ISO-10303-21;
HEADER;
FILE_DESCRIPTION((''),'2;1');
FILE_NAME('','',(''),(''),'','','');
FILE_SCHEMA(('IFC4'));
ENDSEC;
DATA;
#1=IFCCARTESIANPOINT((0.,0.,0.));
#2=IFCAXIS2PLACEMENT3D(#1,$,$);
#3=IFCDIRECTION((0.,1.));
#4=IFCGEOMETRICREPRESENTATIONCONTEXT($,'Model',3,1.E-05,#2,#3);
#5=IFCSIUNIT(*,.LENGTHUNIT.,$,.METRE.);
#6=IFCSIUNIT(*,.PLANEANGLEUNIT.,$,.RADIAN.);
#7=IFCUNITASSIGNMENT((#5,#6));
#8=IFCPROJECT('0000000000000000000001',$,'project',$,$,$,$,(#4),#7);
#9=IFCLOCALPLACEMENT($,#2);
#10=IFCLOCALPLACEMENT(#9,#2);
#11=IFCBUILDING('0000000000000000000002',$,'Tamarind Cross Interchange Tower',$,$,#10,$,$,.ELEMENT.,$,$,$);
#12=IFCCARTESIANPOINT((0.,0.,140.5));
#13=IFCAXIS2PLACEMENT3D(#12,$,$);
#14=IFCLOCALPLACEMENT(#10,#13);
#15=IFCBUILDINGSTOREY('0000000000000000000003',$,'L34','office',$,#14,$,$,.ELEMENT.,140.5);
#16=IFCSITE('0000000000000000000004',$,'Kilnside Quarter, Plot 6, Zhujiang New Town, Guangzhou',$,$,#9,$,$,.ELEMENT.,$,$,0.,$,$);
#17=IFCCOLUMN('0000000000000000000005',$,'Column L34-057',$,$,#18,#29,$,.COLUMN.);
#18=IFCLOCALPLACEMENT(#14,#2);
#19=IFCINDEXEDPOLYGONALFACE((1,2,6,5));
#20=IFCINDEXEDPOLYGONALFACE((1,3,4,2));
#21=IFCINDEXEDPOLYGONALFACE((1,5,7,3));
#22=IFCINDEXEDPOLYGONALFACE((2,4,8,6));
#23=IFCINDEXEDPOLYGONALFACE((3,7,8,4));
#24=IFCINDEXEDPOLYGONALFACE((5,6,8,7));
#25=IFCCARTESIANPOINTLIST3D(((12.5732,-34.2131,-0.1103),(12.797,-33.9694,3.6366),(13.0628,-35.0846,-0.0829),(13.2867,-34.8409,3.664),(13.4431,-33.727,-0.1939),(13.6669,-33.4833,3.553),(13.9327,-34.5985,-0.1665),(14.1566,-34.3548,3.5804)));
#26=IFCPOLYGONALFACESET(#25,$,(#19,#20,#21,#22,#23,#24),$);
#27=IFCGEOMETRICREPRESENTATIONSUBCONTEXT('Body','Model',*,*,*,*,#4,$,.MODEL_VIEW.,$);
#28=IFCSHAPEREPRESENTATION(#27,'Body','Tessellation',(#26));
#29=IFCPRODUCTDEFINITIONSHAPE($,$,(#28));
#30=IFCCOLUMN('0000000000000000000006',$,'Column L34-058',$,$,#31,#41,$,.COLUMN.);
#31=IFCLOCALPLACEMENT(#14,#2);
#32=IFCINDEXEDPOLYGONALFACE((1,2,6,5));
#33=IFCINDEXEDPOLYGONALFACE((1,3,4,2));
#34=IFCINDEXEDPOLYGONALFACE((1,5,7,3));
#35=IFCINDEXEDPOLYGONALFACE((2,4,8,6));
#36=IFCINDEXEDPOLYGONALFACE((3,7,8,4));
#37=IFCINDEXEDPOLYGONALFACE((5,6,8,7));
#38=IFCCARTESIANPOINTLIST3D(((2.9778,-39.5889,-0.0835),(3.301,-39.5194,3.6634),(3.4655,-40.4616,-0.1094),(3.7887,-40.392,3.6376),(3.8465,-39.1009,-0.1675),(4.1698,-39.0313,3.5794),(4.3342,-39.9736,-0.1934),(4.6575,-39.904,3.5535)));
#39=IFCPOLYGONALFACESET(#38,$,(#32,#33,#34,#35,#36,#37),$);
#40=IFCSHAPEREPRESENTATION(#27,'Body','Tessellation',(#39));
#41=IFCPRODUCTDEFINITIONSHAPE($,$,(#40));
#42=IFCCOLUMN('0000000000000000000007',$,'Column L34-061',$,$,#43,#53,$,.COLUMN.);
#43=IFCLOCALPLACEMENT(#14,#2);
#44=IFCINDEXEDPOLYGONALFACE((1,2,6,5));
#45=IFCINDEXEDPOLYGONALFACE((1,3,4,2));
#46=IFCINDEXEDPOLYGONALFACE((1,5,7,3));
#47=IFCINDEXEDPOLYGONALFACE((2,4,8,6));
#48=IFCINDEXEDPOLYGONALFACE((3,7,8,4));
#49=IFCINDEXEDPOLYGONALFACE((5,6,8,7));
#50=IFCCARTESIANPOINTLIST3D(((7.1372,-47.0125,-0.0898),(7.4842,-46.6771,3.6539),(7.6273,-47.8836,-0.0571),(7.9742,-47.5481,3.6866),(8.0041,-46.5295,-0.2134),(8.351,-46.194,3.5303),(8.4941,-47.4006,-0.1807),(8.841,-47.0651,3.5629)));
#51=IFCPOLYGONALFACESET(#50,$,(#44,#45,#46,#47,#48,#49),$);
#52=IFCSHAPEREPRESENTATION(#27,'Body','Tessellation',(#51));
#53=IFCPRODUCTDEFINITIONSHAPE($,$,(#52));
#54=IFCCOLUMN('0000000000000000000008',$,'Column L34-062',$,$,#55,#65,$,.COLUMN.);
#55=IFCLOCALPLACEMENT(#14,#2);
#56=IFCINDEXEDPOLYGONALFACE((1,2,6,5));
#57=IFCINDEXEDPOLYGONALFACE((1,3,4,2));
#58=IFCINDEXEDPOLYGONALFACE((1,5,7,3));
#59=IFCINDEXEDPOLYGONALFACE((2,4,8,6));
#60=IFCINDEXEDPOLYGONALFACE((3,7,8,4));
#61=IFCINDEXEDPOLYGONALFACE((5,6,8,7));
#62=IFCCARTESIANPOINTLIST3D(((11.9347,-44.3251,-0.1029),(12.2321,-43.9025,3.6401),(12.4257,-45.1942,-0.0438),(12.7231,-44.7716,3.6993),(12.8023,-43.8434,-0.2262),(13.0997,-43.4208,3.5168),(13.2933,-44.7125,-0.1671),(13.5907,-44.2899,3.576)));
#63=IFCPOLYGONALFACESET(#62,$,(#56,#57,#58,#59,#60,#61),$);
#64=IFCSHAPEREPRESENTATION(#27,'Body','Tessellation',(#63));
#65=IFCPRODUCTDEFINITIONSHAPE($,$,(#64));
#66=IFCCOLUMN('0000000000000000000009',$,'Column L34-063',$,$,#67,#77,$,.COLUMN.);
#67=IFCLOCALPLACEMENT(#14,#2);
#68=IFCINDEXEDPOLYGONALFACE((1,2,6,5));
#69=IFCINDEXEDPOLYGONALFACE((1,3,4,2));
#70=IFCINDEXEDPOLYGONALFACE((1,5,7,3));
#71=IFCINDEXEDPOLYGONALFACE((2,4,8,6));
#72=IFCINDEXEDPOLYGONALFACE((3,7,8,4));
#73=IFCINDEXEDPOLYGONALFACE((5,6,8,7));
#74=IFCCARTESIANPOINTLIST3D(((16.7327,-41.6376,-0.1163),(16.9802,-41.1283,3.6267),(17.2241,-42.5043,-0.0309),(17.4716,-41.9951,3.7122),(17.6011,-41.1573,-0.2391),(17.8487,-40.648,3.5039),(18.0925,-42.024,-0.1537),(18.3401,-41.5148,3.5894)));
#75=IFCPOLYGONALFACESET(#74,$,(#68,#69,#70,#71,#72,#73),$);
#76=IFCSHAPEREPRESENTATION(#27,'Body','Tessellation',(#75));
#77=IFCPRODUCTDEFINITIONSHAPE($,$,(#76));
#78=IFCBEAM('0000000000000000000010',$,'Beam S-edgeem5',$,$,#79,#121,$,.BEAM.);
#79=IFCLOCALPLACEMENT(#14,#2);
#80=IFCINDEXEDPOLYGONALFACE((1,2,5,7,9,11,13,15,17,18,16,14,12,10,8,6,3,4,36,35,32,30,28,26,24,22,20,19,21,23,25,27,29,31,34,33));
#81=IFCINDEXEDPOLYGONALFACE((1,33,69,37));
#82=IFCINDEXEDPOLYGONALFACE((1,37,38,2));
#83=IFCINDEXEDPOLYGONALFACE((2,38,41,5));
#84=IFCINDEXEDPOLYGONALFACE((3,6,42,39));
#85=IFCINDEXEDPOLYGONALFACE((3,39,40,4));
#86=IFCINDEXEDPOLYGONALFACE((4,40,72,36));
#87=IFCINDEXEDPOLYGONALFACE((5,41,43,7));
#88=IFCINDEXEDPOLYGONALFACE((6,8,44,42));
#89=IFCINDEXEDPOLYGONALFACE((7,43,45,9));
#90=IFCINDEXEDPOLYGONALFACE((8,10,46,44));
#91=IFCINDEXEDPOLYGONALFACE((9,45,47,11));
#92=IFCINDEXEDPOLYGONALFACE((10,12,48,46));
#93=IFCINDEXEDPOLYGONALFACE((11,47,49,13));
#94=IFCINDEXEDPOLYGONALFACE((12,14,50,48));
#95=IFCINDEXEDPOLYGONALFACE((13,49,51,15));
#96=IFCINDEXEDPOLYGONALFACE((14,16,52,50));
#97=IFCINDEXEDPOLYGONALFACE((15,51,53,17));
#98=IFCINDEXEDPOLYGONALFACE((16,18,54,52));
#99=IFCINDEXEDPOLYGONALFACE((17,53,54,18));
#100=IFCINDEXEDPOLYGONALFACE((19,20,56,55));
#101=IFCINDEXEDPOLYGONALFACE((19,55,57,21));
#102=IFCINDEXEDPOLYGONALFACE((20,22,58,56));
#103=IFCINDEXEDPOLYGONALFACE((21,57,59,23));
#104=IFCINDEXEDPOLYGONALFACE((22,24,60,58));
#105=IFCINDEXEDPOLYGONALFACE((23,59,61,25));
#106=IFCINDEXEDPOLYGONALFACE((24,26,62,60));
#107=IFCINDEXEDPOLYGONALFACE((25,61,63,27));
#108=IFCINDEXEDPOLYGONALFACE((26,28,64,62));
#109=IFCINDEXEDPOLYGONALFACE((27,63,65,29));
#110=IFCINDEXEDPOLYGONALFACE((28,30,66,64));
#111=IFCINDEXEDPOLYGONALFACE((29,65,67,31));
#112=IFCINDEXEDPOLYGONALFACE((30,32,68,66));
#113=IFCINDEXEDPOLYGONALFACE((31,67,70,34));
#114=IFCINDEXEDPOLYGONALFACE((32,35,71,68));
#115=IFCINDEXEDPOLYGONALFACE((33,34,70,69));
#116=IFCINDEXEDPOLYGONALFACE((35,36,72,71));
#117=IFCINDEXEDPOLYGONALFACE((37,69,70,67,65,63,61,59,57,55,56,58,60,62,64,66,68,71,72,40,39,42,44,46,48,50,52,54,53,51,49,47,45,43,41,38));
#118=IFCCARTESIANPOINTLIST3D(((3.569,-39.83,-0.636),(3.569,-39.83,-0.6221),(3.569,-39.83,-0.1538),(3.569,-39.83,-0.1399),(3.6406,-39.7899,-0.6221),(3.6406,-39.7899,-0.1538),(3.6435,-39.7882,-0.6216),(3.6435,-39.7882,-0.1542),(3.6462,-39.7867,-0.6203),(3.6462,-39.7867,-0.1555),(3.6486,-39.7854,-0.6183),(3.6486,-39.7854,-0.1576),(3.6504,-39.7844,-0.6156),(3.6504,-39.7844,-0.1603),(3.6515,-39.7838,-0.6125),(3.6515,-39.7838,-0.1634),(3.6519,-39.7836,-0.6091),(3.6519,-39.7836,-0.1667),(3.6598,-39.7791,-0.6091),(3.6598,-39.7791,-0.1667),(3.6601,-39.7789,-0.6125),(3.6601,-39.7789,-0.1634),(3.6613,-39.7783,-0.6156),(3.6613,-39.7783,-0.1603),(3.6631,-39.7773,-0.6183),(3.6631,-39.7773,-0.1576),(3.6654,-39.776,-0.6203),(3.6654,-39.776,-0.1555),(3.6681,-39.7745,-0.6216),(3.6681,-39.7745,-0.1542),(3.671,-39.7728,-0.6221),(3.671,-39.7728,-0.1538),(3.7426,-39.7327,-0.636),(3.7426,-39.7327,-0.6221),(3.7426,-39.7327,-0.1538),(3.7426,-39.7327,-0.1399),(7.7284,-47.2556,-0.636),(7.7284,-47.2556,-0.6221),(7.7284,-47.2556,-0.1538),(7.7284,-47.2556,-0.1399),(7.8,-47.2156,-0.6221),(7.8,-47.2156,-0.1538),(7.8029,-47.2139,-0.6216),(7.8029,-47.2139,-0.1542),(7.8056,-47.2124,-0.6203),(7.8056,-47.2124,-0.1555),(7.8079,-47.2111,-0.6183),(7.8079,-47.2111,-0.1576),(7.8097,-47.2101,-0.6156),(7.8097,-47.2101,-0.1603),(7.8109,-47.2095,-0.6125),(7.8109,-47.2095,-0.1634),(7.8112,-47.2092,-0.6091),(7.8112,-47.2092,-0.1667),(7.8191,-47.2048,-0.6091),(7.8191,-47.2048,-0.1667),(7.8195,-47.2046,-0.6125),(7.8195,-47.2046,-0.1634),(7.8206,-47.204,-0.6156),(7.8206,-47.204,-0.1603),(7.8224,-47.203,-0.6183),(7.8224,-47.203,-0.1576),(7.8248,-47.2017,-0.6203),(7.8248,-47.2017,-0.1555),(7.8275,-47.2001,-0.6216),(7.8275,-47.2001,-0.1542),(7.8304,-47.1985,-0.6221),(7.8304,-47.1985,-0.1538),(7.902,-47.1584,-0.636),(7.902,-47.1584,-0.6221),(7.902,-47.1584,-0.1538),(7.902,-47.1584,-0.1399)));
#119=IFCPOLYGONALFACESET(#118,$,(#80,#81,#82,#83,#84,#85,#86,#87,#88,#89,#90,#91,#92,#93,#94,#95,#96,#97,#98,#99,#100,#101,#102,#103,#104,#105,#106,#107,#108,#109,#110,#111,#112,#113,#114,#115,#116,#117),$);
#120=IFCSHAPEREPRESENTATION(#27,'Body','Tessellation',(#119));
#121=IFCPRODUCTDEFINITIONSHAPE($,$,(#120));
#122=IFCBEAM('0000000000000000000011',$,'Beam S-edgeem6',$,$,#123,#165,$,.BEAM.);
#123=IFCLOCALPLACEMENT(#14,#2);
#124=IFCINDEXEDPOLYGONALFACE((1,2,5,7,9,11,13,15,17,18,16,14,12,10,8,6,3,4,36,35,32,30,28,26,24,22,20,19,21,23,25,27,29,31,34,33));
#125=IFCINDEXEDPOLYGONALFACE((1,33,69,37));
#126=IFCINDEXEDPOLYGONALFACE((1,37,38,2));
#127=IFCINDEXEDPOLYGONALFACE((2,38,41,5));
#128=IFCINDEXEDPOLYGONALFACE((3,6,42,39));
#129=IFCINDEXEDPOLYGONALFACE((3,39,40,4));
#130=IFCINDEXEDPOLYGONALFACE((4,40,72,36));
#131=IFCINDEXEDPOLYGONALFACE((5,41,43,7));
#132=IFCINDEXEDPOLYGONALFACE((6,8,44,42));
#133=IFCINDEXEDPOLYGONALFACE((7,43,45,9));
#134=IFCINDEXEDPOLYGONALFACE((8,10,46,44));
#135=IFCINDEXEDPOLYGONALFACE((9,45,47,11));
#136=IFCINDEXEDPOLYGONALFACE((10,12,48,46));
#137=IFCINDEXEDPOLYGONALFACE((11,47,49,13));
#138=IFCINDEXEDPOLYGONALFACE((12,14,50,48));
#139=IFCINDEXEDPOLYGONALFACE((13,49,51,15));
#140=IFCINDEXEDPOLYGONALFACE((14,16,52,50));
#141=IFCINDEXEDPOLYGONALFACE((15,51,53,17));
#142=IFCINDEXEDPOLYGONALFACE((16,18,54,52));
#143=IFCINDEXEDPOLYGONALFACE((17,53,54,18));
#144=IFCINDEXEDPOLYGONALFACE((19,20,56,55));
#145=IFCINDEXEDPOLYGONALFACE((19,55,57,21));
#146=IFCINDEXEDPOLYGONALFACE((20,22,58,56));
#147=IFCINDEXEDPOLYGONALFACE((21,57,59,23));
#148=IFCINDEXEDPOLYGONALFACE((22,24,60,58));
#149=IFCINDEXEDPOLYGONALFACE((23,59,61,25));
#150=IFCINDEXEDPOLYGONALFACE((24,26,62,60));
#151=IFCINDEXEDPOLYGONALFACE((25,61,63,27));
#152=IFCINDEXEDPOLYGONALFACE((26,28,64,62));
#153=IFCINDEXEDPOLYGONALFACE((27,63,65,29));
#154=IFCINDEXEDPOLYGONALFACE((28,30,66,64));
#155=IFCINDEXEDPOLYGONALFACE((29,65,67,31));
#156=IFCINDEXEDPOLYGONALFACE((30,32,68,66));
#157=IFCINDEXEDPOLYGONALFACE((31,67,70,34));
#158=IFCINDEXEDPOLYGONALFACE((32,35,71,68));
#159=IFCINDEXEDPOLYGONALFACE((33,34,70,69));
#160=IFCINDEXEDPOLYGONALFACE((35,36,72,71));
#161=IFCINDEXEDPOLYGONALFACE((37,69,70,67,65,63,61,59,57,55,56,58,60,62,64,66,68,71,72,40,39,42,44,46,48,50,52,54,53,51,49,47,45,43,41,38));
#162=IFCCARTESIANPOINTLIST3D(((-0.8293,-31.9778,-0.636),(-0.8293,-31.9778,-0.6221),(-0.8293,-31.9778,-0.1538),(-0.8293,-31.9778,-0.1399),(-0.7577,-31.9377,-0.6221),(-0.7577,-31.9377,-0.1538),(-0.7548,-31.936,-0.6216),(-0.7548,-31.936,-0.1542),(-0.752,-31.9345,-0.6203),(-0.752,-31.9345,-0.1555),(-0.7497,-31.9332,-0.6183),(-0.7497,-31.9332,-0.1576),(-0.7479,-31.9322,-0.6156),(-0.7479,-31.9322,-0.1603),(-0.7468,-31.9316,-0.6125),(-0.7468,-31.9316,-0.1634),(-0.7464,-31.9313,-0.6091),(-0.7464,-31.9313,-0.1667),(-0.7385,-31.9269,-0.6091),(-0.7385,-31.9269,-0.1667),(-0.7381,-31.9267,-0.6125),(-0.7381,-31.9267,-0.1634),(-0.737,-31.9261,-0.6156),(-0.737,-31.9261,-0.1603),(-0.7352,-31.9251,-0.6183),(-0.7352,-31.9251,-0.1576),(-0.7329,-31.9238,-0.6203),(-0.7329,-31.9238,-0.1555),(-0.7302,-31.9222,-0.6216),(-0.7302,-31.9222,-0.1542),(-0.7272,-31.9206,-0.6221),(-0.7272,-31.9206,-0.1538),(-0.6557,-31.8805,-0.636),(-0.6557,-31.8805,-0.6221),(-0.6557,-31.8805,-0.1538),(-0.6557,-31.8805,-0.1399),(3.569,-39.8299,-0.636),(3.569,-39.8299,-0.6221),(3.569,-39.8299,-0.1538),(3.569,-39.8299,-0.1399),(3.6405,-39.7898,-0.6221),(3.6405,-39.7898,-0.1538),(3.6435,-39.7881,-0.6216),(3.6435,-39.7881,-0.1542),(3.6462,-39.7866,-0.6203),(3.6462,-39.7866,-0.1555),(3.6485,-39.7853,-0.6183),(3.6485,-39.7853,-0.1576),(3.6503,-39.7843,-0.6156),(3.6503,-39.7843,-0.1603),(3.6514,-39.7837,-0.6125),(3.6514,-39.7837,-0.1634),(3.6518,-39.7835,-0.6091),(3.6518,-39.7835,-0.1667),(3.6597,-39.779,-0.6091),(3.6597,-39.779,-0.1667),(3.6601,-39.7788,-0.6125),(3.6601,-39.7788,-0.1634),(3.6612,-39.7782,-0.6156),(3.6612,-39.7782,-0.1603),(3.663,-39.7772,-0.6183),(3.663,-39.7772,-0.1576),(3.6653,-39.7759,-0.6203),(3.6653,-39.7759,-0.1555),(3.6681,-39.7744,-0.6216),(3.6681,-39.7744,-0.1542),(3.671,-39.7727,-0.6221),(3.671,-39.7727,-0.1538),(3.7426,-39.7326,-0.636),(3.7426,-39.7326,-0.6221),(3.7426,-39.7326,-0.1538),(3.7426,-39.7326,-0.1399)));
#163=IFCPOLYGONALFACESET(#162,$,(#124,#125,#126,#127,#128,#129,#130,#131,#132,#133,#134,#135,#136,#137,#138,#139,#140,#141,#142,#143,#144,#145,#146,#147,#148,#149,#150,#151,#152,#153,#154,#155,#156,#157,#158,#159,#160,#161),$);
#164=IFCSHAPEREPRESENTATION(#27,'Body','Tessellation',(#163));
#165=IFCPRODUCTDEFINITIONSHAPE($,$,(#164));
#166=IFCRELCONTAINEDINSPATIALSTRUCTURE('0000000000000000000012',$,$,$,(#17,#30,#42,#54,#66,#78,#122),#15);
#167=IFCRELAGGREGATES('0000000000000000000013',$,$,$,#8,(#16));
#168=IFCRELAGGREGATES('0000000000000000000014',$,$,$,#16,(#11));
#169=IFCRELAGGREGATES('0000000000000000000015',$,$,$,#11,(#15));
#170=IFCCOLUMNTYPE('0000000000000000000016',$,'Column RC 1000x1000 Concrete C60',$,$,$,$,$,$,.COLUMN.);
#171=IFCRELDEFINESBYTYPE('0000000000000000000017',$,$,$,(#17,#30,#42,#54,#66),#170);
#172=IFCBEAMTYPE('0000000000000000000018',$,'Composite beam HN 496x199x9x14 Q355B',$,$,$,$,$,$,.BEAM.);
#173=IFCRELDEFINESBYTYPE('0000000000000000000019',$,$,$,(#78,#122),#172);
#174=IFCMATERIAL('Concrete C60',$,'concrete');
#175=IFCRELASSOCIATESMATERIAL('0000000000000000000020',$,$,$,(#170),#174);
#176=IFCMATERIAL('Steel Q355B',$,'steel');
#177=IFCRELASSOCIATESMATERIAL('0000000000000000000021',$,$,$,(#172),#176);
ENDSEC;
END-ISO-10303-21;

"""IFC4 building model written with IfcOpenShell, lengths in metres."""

from ifc_helpers import new_model, si_unit, direction, frame, origin, origin_2d, place, context, subcontext, project, spatial, rectangle, i_section, extrude, material, material_profile, profile_set, type_object, element, save


model = new_model("IFC4")

# Units and contexts
model_context = context("Model", 3, precision=1e-05, world=origin(), true_north=direction((0.0, 1.0)))
body_context = subcontext(model_context, "Body", "Model", "MODEL_VIEW")
ifc_project = project(units=[si_unit("LENGTHUNIT", "METRE"), si_unit("PLANEANGLEUNIT", "RADIAN")], contexts=[model_context])

# Site, building, storey
site_placement = place(None, origin())
site = spatial("IfcSite", under=ifc_project, at=site_placement, Name="Kilnside Quarter, Plot 6, Zhujiang New Town, Guangzhou", CompositionType="ELEMENT", RefElevation=0.0)
building_placement = place(site_placement, origin())
building = spatial("IfcBuilding", under=site, at=building_placement, Name="Tamarind Cross Interchange Tower", CompositionType="ELEMENT")
storey_placement = place(building_placement, frame((0.0, 0.0, 140.5)))
storey = spatial("IfcBuildingStorey", under=building, at=storey_placement, Name="L34", Description="office", CompositionType="ELEMENT", Elevation=140.5)

# Columns
ifc_material_1 = material(Name="Concrete C60", Category="concrete")
ifc_material_profile_1 = material_profile(ifc_material_1, rectangle(XDim=1.0, YDim=1.0, at=origin_2d()), Name="RC 1000x1000")
ifc_profile_set_1 = profile_set([ifc_material_profile_1], Name="Concrete C60")
column_type = type_object("IfcColumnType", Name="Column RC 1000x1000 Concrete C60", PredefinedType="COLUMN", material=ifc_profile_set_1)
for number, where, z_axis, x_axis, name in (
    (1, (13.2529, -34.4058, -0.1384), (0.059519, 0.064777, 0.996123), (-0.869891, -0.486109, 0.083588), "Column L34-057"),
    (2, (3.656, -39.7812, -0.1384), (0.085937, 0.018499, 0.996129), (-0.48769, 0.872633, 0.025868), "Column L34-058"),
):
    element("IfcColumn", number, at=place(storey_placement, frame(where, z_axis=z_axis, x_axis=x_axis)), inside=storey, type_object=column_type, Name=name, PredefinedType="COLUMN", context=body_context, shape_type="SweptSolid", body=[
        extrude(rectangle(XDim=1.0, YDim=1.0, at=origin_2d()), origin(), (0.0, 0.0, 1.0), 3.7615),
    ])
column_1_placement = place(storey_placement, frame((7.8157, -47.2065, -0.1353), z_axis=(0.091909, 0.088869, 0.991794), x_axis=(-0.866832, -0.483035, 0.123611)))
element("IfcColumn", 3, at=column_1_placement, inside=storey, type_object=column_type, Name="Column L34-061", PredefinedType="COLUMN", context=body_context, shape_type="SweptSolid", body=[
    extrude(rectangle(XDim=1.0, YDim=1.0, at=origin_2d()), origin(), (0.0, 0.0, 1.0), 3.7747),
])
column_2_placement = place(storey_placement, frame((12.614, -44.5188, -0.135), z_axis=(0.078695, 0.11184, 0.990605), x_axis=(-0.867608, -0.481716, 0.123311)))
element("IfcColumn", 4, at=column_2_placement, inside=storey, type_object=column_type, Name="Column L34-062", PredefinedType="COLUMN", context=body_context, shape_type="SweptSolid", body=[
    extrude(rectangle(XDim=1.0, YDim=1.0, at=origin_2d()), origin(), (0.0, 0.0, 1.0), 3.7786),
])
column_3_placement = place(storey_placement, frame((17.4126, -41.8308, -0.135), z_axis=(0.065392, 0.134525, 0.98875), x_axis=(-0.868482, -0.480274, 0.122782)))
element("IfcColumn", 5, at=column_3_placement, inside=storey, type_object=column_type, Name="Column L34-063", PredefinedType="COLUMN", context=body_context, shape_type="SweptSolid", body=[
    extrude(rectangle(XDim=1.0, YDim=1.0, at=origin_2d()), origin(), (0.0, 0.0, 1.0), 3.7856),
])

# Beams
ifc_material_2 = material(Name="Steel Q355B", Category="steel")
ifc_material_profile_2 = material_profile(ifc_material_2, i_section(OverallWidth=0.199, OverallDepth=0.4961, WebThickness=0.009, FlangeThickness=0.0139, FilletRadius=0.0129, at=origin_2d()), Name="HN 496x199x9x14")
ifc_profile_set_2 = profile_set([ifc_material_profile_2], Name="Steel Q355B")
beam_type_1 = type_object("IfcBeamType", Name="Composite beam HN 496x199x9x14 Q355B", PredefinedType="BEAM", material=ifc_profile_set_2)
beam_1_placement = place(storey_placement, frame((7.8152, -47.207, -0.3879), z_axis=(-0.488692, 0.872457, 0.0), x_axis=(-0.872457, -0.488692, 0.0)))
element("IfcBeam", 6, at=beam_1_placement, inside=storey, type_object=beam_type_1, Name="Beam S-edgeem5", PredefinedType="BEAM", context=body_context, shape_type="SweptSolid", body=[
    extrude(i_section(OverallWidth=0.199, OverallDepth=0.4961, WebThickness=0.009, FlangeThickness=0.0139, FilletRadius=0.0129, at=origin_2d()), origin(), (0.0, 0.0, 1.0), 8.5112),
])
beam_2_placement = place(storey_placement, frame((3.6558, -39.7812, -0.3879), z_axis=(-0.488692, 0.872457, 0.0), x_axis=(-0.872457, -0.488692, 0.0)))
element("IfcBeam", 7, at=beam_2_placement, inside=storey, type_object=beam_type_1, Name="Beam S-edgeem6", PredefinedType="BEAM", context=body_context, shape_type="SweptSolid", body=[
    extrude(i_section(OverallWidth=0.199, OverallDepth=0.4961, WebThickness=0.009, FlangeThickness=0.0139, FilletRadius=0.0129, at=origin_2d()), origin(), (0.0, 0.0, 1.0), 9.0),
])

save(model, "model.ifc")
